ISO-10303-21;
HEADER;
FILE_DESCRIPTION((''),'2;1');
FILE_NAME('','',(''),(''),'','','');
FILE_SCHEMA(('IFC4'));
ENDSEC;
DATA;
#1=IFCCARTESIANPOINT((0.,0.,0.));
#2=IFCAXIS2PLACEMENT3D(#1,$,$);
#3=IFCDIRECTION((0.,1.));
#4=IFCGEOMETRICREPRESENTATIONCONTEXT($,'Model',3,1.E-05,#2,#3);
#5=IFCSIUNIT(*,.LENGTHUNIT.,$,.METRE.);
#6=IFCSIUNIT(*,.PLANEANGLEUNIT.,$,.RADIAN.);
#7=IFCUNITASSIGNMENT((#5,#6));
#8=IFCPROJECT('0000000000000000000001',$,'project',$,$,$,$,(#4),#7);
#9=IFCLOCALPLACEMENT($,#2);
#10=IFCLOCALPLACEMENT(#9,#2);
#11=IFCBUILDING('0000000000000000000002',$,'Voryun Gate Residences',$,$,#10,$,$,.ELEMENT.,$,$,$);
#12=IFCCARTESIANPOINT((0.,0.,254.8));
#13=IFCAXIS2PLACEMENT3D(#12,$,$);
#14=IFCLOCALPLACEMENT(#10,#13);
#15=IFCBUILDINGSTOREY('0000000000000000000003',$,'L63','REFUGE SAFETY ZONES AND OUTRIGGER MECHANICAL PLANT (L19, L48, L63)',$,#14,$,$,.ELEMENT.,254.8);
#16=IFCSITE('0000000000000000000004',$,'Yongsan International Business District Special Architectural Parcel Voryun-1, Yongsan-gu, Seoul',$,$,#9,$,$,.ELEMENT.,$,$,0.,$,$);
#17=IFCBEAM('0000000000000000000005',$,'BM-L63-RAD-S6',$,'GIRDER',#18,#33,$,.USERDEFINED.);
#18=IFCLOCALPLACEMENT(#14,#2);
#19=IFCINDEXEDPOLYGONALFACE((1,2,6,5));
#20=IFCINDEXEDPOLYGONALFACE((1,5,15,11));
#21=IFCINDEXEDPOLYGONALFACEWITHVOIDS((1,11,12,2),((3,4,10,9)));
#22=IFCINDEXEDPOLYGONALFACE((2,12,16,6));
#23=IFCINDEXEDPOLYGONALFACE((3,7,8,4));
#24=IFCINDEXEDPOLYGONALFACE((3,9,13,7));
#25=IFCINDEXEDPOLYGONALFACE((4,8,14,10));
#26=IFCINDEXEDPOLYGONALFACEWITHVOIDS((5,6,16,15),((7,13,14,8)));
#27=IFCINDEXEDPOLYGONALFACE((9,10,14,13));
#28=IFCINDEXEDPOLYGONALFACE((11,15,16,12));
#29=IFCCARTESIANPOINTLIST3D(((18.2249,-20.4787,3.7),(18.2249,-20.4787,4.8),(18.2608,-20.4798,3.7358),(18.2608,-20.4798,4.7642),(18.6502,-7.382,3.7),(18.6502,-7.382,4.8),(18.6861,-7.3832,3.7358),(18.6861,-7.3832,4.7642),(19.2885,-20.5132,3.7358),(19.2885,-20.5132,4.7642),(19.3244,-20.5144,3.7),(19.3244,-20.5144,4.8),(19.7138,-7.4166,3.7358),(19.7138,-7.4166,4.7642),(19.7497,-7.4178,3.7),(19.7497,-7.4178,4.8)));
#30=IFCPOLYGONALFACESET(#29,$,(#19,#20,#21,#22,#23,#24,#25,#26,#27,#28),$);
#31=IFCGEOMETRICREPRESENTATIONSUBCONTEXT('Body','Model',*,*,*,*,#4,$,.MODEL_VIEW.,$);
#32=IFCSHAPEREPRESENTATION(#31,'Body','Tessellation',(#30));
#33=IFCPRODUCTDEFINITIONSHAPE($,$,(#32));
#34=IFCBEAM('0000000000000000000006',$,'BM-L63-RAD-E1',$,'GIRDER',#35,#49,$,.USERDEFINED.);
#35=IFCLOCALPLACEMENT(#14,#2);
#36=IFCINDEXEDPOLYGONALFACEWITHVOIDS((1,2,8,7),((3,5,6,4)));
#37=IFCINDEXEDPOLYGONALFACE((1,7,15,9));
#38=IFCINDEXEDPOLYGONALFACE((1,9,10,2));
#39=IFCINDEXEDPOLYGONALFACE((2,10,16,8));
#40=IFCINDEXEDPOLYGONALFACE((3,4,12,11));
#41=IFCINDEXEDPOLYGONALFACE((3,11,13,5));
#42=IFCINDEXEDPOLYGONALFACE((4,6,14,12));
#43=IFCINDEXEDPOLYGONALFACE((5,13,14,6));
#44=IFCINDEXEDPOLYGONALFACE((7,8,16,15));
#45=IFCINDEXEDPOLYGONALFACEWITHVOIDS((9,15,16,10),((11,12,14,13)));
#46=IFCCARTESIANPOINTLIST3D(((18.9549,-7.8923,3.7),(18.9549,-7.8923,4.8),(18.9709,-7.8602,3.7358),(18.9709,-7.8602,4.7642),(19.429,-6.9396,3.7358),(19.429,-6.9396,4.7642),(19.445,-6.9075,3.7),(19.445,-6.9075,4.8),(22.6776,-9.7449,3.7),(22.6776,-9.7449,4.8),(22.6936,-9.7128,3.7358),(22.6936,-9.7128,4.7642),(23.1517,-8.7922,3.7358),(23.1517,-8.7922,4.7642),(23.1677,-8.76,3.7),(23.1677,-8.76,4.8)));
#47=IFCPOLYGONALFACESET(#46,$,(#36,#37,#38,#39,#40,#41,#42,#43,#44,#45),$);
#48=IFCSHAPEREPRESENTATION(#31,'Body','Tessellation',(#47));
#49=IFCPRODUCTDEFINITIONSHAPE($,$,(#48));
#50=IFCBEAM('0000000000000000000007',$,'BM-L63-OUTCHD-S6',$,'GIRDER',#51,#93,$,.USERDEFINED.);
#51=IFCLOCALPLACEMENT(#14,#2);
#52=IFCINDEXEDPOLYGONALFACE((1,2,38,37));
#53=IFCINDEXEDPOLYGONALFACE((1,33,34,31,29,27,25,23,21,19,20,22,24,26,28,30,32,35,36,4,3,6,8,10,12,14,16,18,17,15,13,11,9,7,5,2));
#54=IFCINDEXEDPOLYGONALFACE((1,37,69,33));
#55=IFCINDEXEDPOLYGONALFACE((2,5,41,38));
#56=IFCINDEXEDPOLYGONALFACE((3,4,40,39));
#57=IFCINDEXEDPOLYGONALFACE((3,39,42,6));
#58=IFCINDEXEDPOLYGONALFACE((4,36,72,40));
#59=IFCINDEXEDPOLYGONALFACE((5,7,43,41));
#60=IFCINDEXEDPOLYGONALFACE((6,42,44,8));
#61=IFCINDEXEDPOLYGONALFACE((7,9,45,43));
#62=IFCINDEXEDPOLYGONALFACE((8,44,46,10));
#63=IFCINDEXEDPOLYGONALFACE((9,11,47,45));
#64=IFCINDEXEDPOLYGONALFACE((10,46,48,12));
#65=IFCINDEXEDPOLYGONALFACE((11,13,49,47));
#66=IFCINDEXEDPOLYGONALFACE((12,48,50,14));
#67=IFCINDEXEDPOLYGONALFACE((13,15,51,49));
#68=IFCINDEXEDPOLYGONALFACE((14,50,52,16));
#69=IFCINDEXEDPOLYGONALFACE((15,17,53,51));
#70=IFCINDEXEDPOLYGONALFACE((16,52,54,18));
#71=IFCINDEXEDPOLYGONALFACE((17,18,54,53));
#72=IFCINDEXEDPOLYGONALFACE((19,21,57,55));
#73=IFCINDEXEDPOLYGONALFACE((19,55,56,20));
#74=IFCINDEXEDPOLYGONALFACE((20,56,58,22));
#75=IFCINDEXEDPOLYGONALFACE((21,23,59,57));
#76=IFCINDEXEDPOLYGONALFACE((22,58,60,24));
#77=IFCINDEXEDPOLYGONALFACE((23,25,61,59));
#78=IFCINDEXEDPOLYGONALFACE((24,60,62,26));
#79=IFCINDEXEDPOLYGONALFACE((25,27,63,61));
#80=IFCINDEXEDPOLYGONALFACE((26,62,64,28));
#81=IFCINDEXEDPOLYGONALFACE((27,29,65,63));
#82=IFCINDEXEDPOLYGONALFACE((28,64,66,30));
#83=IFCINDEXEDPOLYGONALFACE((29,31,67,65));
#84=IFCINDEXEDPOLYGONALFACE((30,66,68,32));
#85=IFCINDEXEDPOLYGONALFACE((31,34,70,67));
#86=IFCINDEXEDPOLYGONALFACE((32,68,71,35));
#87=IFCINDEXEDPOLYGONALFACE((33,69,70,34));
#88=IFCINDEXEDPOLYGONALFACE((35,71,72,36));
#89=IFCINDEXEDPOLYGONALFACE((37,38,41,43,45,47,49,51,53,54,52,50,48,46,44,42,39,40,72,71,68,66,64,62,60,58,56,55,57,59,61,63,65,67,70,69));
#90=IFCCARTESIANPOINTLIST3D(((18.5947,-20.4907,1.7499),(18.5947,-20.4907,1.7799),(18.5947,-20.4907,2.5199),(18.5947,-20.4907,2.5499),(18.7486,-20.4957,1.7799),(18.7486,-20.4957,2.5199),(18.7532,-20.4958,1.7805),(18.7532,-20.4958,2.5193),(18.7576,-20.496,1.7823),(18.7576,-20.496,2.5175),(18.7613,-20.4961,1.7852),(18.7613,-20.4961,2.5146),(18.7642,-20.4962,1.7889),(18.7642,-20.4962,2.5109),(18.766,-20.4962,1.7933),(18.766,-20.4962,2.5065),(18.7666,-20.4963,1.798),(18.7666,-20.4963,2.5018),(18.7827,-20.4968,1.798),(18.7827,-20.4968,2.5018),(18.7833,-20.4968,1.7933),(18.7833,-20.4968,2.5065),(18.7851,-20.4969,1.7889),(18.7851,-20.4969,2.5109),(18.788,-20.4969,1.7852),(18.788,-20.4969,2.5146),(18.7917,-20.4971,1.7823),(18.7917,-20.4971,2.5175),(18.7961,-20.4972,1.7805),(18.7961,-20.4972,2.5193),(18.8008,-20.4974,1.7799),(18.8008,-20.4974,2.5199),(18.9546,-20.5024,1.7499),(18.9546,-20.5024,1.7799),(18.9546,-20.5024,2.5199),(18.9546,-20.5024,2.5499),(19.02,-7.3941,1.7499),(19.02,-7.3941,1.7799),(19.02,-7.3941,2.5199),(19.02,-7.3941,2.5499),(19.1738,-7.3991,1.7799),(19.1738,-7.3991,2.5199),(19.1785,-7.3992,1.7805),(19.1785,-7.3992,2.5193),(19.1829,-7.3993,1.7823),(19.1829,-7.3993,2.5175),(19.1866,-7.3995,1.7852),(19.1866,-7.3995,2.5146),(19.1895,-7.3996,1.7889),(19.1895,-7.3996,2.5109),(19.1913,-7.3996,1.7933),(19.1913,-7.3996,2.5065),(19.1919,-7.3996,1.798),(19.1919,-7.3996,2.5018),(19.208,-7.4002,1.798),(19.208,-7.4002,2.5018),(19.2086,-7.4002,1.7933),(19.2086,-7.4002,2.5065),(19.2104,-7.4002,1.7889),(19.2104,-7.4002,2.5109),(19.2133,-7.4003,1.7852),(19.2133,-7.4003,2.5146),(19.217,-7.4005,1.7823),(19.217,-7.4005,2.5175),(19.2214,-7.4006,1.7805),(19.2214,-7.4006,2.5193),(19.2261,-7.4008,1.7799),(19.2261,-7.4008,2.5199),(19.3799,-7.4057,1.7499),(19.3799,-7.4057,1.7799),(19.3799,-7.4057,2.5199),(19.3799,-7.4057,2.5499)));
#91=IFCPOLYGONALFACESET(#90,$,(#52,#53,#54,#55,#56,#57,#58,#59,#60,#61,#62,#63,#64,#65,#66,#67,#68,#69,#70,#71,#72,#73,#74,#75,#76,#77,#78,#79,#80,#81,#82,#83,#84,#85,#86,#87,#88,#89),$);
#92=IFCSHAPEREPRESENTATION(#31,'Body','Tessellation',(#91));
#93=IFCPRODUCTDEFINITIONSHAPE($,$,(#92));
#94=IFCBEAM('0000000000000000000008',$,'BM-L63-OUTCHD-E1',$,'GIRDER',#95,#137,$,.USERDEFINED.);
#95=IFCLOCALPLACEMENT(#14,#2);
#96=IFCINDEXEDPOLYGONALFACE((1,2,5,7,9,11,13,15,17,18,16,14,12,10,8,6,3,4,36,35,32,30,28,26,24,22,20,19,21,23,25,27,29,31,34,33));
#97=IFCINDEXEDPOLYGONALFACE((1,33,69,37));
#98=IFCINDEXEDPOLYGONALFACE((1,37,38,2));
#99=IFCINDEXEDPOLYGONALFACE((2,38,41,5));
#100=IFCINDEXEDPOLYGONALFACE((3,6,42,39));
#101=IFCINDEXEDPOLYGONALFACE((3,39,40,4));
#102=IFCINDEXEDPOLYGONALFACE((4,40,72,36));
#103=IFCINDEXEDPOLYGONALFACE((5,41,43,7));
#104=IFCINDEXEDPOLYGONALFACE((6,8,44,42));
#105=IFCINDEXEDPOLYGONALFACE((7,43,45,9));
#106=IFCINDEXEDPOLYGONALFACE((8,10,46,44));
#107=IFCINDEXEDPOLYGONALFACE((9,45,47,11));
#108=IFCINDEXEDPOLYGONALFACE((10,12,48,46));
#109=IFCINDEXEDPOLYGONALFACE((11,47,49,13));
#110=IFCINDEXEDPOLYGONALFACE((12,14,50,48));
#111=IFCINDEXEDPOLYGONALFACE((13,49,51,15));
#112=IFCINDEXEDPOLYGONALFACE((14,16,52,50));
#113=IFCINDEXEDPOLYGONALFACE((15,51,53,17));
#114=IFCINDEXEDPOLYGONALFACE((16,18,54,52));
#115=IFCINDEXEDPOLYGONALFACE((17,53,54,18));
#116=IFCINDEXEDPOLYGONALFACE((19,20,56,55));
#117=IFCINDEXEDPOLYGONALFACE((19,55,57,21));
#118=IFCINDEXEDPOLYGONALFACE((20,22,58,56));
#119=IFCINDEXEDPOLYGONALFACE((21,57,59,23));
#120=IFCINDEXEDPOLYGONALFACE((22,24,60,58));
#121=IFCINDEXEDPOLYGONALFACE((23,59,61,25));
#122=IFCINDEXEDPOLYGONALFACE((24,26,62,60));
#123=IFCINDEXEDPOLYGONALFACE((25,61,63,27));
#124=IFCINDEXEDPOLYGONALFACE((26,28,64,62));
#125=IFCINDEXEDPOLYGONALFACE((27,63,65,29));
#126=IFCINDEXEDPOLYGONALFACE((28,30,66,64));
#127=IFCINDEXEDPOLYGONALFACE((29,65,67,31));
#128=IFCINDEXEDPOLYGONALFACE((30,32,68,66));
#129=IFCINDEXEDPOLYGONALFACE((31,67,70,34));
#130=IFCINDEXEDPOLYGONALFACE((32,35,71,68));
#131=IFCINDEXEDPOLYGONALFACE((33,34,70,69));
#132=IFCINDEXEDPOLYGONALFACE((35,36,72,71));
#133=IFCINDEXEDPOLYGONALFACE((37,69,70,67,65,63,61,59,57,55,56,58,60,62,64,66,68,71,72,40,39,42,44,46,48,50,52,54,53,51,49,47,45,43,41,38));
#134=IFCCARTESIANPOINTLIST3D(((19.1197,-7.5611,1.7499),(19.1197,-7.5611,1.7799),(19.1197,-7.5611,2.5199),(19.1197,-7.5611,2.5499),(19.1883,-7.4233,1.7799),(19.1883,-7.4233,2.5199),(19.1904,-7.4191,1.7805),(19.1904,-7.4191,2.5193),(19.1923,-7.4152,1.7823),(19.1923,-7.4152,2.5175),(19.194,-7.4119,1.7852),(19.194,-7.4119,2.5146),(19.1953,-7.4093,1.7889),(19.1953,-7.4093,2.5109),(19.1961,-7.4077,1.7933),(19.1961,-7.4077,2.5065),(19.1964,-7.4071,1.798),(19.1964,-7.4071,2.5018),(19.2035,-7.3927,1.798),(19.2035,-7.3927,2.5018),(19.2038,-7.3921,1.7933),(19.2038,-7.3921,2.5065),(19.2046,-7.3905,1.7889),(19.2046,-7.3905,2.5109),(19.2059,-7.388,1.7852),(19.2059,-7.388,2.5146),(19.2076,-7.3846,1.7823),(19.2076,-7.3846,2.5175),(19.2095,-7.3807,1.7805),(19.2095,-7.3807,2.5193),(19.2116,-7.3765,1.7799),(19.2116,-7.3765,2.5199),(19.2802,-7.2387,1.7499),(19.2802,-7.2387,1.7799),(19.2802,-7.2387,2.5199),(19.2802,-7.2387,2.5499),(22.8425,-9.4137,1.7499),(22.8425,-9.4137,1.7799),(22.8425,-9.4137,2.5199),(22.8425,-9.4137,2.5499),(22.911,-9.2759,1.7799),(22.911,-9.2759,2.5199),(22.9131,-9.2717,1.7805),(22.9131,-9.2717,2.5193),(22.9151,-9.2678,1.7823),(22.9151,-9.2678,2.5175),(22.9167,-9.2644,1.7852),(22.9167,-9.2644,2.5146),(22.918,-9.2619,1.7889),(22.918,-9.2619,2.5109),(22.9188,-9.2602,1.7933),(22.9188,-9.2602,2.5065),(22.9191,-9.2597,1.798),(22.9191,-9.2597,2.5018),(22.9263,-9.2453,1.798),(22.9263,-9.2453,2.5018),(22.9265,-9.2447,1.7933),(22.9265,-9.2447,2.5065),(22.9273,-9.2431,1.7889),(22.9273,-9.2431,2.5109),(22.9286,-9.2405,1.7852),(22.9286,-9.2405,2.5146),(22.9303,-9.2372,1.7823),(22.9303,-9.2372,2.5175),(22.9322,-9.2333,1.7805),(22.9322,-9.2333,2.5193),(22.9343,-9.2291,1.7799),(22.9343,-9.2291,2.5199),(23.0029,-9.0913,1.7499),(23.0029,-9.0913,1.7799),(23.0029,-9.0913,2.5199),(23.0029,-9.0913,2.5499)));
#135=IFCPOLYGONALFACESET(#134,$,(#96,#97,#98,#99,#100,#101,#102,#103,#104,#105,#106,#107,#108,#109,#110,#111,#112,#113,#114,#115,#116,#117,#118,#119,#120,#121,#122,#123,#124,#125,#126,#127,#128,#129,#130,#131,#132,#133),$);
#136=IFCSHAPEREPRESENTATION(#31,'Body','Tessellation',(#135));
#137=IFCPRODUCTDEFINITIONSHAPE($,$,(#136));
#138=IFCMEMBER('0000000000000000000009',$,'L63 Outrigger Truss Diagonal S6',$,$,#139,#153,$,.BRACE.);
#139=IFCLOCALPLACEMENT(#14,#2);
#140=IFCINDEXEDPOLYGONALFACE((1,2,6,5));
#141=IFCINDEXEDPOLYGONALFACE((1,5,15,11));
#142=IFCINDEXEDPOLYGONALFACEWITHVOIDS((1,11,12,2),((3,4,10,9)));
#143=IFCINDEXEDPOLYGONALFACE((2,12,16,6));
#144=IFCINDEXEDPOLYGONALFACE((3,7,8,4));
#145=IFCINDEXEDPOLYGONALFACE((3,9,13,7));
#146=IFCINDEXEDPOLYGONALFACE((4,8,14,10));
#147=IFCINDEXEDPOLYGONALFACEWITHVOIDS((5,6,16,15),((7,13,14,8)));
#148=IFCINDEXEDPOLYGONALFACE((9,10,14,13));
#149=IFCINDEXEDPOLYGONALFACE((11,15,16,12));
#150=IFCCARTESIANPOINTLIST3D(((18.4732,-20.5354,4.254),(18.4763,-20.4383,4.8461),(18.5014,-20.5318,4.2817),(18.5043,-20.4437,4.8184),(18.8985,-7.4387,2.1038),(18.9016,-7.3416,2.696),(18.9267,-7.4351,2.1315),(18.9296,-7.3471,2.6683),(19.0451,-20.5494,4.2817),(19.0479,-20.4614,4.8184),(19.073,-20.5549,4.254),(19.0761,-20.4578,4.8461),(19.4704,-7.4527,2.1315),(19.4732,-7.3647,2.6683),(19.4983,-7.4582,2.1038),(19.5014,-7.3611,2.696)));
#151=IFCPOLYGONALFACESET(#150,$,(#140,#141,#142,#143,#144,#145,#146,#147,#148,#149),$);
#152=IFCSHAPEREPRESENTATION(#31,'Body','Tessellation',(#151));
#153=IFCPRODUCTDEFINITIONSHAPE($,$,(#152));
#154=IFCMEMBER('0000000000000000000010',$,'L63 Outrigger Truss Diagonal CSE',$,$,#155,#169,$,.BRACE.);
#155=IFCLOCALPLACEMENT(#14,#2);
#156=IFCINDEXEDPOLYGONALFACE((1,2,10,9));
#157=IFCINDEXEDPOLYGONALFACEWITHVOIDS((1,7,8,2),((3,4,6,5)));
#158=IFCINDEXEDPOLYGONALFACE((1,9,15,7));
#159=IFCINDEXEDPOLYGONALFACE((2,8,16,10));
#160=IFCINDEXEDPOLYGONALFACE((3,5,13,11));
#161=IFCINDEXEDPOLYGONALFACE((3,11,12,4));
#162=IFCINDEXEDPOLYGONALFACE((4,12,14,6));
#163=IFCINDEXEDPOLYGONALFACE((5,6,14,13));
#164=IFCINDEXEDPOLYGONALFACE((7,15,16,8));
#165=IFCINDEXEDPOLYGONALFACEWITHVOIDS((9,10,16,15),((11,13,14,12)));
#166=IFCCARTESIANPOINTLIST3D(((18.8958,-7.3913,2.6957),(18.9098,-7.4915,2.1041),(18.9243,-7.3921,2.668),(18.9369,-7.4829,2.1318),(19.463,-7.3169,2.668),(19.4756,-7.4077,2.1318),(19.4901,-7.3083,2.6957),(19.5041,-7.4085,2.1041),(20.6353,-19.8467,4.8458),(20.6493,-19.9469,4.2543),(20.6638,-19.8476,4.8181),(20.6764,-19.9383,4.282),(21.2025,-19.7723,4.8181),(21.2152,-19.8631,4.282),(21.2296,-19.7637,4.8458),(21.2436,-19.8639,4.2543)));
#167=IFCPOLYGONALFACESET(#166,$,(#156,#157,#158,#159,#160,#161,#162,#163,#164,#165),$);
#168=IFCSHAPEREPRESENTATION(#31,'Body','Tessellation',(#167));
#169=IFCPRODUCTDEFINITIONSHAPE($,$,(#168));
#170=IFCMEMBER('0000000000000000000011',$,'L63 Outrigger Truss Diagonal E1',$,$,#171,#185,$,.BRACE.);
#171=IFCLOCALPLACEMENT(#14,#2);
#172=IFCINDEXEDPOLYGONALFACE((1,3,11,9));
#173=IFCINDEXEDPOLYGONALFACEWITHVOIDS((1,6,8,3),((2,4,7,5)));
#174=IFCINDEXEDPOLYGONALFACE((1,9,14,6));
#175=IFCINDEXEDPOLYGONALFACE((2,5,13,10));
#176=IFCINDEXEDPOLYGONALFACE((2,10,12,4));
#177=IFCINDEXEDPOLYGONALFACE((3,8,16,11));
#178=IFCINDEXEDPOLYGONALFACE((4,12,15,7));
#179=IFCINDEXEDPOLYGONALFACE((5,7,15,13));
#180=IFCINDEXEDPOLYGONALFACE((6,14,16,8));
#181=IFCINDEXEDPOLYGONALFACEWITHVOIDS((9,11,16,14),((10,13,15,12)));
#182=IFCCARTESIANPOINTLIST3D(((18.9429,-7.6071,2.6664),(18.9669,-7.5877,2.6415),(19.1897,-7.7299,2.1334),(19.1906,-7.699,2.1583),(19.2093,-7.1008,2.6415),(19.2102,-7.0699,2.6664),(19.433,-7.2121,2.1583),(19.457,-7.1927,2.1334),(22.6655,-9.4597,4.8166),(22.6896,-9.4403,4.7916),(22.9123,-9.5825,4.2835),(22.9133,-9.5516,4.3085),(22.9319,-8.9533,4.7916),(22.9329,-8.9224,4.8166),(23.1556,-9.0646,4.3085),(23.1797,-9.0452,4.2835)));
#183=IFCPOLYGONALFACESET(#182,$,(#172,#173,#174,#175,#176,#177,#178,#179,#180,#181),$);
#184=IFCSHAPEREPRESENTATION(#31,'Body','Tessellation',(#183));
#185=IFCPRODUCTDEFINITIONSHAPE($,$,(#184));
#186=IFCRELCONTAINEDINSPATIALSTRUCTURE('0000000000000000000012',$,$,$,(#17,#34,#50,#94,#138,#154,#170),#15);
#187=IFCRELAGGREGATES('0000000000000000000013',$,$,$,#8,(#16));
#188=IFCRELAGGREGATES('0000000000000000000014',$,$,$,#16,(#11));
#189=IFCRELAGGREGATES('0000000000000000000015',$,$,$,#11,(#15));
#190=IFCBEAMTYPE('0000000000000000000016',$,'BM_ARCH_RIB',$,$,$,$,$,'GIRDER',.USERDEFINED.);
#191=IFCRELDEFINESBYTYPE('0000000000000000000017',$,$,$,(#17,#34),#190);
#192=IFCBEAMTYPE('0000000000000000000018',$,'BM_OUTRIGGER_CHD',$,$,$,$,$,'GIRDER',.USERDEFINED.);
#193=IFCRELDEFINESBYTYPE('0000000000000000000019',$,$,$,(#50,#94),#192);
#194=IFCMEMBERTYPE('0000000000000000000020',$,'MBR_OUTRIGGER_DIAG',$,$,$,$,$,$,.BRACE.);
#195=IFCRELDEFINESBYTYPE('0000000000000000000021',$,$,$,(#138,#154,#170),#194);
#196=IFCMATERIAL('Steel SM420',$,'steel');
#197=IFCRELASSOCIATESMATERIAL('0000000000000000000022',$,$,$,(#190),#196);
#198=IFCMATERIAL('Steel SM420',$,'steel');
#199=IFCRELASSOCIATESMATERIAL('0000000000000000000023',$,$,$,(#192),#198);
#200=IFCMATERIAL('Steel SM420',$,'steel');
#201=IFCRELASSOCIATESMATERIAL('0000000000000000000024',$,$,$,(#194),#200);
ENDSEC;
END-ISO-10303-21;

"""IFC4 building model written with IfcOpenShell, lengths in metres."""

from ifc_helpers import new_model, si_unit, direction, frame, origin, origin_2d, place, context, subcontext, project, spatial, hollow_rectangle, i_section, extrude, material, material_profile, profile_set, type_object, element, save


model = new_model("IFC4")

# Units and contexts
model_context = context("Model", 3, precision=1e-05, world=origin(), true_north=direction((0.0, 1.0)))
body_context = subcontext(model_context, "Body", "Model", "MODEL_VIEW")
ifc_project = project(units=[si_unit("LENGTHUNIT", "METRE"), si_unit("PLANEANGLEUNIT", "RADIAN")], contexts=[model_context])

# Site, building, storey
site_placement = place(None, origin())
site = spatial("IfcSite", under=ifc_project, at=site_placement, Name="Yongsan International Business District Special Architectural Parcel Voryun-1, Yongsan-gu, Seoul", CompositionType="ELEMENT", RefElevation=0.0)
building_placement = place(site_placement, origin())
building = spatial("IfcBuilding", under=site, at=building_placement, Name="Voryun Gate Residences", CompositionType="ELEMENT")
storey_placement = place(building_placement, frame((0.0, 0.0, 254.8)))
storey = spatial("IfcBuildingStorey", under=building, at=storey_placement, Name="L63", Description="REFUGE SAFETY ZONES AND OUTRIGGER MECHANICAL PLANT (L19, L48, L63)", CompositionType="ELEMENT", Elevation=254.8)

# Beams
ifc_material_1 = material(Name="Steel SM420", Category="steel")
ifc_material_profile_1 = material_profile(ifc_material_1, hollow_rectangle(XDim=1.1001, YDim=1.1001, WallThickness=0.0359, at=origin_2d()), Name="BOX-1100x1100x36")
ifc_profile_set_1 = profile_set([ifc_material_profile_1], Name="Steel SM420")
beam_type_1 = type_object("IfcBeamType", Name="BM_ARCH_RIB", ElementType="GIRDER", PredefinedType="USERDEFINED", material=ifc_profile_set_1)
beam_1_placement = place(storey_placement, frame((19.2, -7.3999, 4.25), z_axis=(-0.032456, -0.999473, 0.0), x_axis=(0.999473, -0.032456, 0.0)))
element("IfcBeam", 1, at=beam_1_placement, inside=storey, type_object=beam_type_1, Name="BM-L63-RAD-S6", ObjectType="GIRDER", PredefinedType="USERDEFINED", context=body_context, shape_type="SweptSolid", body=[
    extrude(hollow_rectangle(XDim=1.1001, YDim=1.1001, WallThickness=0.0359, at=origin_2d()), origin(), (0.0, 0.0, 1.0), 13.1035),
])
beam_2_placement = place(storey_placement, frame((19.2, -7.3999, 4.25), z_axis=(0.895271, -0.445522, 0.0), x_axis=(0.445522, 0.895271, 0.0)))
element("IfcBeam", 2, at=beam_2_placement, inside=storey, type_object=beam_type_1, Name="BM-L63-RAD-E1", ObjectType="GIRDER", PredefinedType="USERDEFINED", context=body_context, shape_type="SweptSolid", body=[
    extrude(hollow_rectangle(XDim=1.1001, YDim=1.1001, WallThickness=0.0359, at=origin_2d()), origin(), (0.0, 0.0, 1.0), 4.1582),
])
ifc_material_2 = material(Name="Steel SM420", Category="steel")
ifc_material_profile_2 = material_profile(ifc_material_2, i_section(OverallWidth=0.3601, OverallDepth=0.8, WebThickness=0.0161, FlangeThickness=0.03, FilletRadius=0.0181, at=origin_2d()), Name="H-800x360x16x30")
ifc_profile_set_2 = profile_set([ifc_material_profile_2], Name="Steel SM420")
beam_type_2 = type_object("IfcBeamType", Name="BM_OUTRIGGER_CHD", ElementType="GIRDER", PredefinedType="USERDEFINED", material=ifc_profile_set_2)
beam_3_placement = place(storey_placement, frame((19.2, -7.3999, 2.1499), z_axis=(-0.032456, -0.999473, 0.0), x_axis=(0.999473, -0.032456, 0.0)))
element("IfcBeam", 3, at=beam_3_placement, inside=storey, type_object=beam_type_2, Name="BM-L63-OUTCHD-S6", ObjectType="GIRDER", PredefinedType="USERDEFINED", context=body_context, shape_type="SweptSolid", body=[
    extrude(i_section(OverallWidth=0.3601, OverallDepth=0.8, WebThickness=0.0161, FlangeThickness=0.03, FilletRadius=0.0181, at=origin_2d()), origin(), (0.0, 0.0, 1.0), 13.1035),
])
beam_4_placement = place(storey_placement, frame((19.2, -7.3999, 2.1499), z_axis=(0.895271, -0.445522, 0.0), x_axis=(0.445522, 0.895271, 0.0)))
element("IfcBeam", 4, at=beam_4_placement, inside=storey, type_object=beam_type_2, Name="BM-L63-OUTCHD-E1", ObjectType="GIRDER", PredefinedType="USERDEFINED", context=body_context, shape_type="SweptSolid", body=[
    extrude(i_section(OverallWidth=0.3601, OverallDepth=0.8, WebThickness=0.0161, FlangeThickness=0.03, FilletRadius=0.0181, at=origin_2d()), origin(), (0.0, 0.0, 1.0), 4.1582),
])

# Members
ifc_material_3 = material(Name="Steel SM420", Category="steel")
ifc_material_profile_3 = material_profile(ifc_material_3, hollow_rectangle(XDim=0.6001, YDim=0.6001, WallThickness=0.0281, at=origin_2d()), Name="BOX-600x600x28")
ifc_profile_set_3 = profile_set([ifc_material_profile_3], Name="Steel SM420")
member_type = type_object("IfcMemberType", Name="MBR_OUTRIGGER_DIAG", PredefinedType="BRACE", material=ifc_profile_set_3)
member_1_placement = place(storey_placement, frame((19.2, -7.3999, 2.3999), z_axis=(-0.032028, -0.986284, 0.161923), x_axis=(0.999473, -0.032456, 0.0)))
element("IfcMember", 5, at=member_1_placement, inside=storey, type_object=member_type, Name="L63 Outrigger Truss Diagonal S6", PredefinedType="BRACE", context=body_context, shape_type="SweptSolid", body=[
    extrude(hollow_rectangle(XDim=0.6001, YDim=0.6001, WallThickness=0.0281, at=origin_2d()), origin(), (0.0, 0.0, 1.0), 13.2788),
])
member_2_placement = place(storey_placement, frame((19.2, -7.3999, 2.3999), z_axis=(0.136339, -0.976223, 0.168524), x_axis=(0.990388, 0.138317, 0.0)))
element("IfcMember", 6, at=member_2_placement, inside=storey, type_object=member_type, Name="L63 Outrigger Truss Diagonal CSE", PredefinedType="BRACE", context=body_context, shape_type="SweptSolid", body=[
    extrude(hollow_rectangle(XDim=0.6001, YDim=0.6001, WallThickness=0.0281, at=origin_2d()), origin(), (0.0, 0.0, 1.0), 12.7588),
])
member_3_placement = place(storey_placement, frame((19.2, -7.3999, 2.3999), z_axis=(0.795243, -0.395744, 0.45932), x_axis=(0.445522, 0.895271, 0.0)))
element("IfcMember", 7, at=member_3_placement, inside=storey, type_object=member_type, Name="L63 Outrigger Truss Diagonal E1", PredefinedType="BRACE", context=body_context, shape_type="SweptSolid", body=[
    extrude(hollow_rectangle(XDim=0.6001, YDim=0.6001, WallThickness=0.0281, at=origin_2d()), origin(), (0.0, 0.0, 1.0), 4.6812),
])

save(model, "model.ifc")
